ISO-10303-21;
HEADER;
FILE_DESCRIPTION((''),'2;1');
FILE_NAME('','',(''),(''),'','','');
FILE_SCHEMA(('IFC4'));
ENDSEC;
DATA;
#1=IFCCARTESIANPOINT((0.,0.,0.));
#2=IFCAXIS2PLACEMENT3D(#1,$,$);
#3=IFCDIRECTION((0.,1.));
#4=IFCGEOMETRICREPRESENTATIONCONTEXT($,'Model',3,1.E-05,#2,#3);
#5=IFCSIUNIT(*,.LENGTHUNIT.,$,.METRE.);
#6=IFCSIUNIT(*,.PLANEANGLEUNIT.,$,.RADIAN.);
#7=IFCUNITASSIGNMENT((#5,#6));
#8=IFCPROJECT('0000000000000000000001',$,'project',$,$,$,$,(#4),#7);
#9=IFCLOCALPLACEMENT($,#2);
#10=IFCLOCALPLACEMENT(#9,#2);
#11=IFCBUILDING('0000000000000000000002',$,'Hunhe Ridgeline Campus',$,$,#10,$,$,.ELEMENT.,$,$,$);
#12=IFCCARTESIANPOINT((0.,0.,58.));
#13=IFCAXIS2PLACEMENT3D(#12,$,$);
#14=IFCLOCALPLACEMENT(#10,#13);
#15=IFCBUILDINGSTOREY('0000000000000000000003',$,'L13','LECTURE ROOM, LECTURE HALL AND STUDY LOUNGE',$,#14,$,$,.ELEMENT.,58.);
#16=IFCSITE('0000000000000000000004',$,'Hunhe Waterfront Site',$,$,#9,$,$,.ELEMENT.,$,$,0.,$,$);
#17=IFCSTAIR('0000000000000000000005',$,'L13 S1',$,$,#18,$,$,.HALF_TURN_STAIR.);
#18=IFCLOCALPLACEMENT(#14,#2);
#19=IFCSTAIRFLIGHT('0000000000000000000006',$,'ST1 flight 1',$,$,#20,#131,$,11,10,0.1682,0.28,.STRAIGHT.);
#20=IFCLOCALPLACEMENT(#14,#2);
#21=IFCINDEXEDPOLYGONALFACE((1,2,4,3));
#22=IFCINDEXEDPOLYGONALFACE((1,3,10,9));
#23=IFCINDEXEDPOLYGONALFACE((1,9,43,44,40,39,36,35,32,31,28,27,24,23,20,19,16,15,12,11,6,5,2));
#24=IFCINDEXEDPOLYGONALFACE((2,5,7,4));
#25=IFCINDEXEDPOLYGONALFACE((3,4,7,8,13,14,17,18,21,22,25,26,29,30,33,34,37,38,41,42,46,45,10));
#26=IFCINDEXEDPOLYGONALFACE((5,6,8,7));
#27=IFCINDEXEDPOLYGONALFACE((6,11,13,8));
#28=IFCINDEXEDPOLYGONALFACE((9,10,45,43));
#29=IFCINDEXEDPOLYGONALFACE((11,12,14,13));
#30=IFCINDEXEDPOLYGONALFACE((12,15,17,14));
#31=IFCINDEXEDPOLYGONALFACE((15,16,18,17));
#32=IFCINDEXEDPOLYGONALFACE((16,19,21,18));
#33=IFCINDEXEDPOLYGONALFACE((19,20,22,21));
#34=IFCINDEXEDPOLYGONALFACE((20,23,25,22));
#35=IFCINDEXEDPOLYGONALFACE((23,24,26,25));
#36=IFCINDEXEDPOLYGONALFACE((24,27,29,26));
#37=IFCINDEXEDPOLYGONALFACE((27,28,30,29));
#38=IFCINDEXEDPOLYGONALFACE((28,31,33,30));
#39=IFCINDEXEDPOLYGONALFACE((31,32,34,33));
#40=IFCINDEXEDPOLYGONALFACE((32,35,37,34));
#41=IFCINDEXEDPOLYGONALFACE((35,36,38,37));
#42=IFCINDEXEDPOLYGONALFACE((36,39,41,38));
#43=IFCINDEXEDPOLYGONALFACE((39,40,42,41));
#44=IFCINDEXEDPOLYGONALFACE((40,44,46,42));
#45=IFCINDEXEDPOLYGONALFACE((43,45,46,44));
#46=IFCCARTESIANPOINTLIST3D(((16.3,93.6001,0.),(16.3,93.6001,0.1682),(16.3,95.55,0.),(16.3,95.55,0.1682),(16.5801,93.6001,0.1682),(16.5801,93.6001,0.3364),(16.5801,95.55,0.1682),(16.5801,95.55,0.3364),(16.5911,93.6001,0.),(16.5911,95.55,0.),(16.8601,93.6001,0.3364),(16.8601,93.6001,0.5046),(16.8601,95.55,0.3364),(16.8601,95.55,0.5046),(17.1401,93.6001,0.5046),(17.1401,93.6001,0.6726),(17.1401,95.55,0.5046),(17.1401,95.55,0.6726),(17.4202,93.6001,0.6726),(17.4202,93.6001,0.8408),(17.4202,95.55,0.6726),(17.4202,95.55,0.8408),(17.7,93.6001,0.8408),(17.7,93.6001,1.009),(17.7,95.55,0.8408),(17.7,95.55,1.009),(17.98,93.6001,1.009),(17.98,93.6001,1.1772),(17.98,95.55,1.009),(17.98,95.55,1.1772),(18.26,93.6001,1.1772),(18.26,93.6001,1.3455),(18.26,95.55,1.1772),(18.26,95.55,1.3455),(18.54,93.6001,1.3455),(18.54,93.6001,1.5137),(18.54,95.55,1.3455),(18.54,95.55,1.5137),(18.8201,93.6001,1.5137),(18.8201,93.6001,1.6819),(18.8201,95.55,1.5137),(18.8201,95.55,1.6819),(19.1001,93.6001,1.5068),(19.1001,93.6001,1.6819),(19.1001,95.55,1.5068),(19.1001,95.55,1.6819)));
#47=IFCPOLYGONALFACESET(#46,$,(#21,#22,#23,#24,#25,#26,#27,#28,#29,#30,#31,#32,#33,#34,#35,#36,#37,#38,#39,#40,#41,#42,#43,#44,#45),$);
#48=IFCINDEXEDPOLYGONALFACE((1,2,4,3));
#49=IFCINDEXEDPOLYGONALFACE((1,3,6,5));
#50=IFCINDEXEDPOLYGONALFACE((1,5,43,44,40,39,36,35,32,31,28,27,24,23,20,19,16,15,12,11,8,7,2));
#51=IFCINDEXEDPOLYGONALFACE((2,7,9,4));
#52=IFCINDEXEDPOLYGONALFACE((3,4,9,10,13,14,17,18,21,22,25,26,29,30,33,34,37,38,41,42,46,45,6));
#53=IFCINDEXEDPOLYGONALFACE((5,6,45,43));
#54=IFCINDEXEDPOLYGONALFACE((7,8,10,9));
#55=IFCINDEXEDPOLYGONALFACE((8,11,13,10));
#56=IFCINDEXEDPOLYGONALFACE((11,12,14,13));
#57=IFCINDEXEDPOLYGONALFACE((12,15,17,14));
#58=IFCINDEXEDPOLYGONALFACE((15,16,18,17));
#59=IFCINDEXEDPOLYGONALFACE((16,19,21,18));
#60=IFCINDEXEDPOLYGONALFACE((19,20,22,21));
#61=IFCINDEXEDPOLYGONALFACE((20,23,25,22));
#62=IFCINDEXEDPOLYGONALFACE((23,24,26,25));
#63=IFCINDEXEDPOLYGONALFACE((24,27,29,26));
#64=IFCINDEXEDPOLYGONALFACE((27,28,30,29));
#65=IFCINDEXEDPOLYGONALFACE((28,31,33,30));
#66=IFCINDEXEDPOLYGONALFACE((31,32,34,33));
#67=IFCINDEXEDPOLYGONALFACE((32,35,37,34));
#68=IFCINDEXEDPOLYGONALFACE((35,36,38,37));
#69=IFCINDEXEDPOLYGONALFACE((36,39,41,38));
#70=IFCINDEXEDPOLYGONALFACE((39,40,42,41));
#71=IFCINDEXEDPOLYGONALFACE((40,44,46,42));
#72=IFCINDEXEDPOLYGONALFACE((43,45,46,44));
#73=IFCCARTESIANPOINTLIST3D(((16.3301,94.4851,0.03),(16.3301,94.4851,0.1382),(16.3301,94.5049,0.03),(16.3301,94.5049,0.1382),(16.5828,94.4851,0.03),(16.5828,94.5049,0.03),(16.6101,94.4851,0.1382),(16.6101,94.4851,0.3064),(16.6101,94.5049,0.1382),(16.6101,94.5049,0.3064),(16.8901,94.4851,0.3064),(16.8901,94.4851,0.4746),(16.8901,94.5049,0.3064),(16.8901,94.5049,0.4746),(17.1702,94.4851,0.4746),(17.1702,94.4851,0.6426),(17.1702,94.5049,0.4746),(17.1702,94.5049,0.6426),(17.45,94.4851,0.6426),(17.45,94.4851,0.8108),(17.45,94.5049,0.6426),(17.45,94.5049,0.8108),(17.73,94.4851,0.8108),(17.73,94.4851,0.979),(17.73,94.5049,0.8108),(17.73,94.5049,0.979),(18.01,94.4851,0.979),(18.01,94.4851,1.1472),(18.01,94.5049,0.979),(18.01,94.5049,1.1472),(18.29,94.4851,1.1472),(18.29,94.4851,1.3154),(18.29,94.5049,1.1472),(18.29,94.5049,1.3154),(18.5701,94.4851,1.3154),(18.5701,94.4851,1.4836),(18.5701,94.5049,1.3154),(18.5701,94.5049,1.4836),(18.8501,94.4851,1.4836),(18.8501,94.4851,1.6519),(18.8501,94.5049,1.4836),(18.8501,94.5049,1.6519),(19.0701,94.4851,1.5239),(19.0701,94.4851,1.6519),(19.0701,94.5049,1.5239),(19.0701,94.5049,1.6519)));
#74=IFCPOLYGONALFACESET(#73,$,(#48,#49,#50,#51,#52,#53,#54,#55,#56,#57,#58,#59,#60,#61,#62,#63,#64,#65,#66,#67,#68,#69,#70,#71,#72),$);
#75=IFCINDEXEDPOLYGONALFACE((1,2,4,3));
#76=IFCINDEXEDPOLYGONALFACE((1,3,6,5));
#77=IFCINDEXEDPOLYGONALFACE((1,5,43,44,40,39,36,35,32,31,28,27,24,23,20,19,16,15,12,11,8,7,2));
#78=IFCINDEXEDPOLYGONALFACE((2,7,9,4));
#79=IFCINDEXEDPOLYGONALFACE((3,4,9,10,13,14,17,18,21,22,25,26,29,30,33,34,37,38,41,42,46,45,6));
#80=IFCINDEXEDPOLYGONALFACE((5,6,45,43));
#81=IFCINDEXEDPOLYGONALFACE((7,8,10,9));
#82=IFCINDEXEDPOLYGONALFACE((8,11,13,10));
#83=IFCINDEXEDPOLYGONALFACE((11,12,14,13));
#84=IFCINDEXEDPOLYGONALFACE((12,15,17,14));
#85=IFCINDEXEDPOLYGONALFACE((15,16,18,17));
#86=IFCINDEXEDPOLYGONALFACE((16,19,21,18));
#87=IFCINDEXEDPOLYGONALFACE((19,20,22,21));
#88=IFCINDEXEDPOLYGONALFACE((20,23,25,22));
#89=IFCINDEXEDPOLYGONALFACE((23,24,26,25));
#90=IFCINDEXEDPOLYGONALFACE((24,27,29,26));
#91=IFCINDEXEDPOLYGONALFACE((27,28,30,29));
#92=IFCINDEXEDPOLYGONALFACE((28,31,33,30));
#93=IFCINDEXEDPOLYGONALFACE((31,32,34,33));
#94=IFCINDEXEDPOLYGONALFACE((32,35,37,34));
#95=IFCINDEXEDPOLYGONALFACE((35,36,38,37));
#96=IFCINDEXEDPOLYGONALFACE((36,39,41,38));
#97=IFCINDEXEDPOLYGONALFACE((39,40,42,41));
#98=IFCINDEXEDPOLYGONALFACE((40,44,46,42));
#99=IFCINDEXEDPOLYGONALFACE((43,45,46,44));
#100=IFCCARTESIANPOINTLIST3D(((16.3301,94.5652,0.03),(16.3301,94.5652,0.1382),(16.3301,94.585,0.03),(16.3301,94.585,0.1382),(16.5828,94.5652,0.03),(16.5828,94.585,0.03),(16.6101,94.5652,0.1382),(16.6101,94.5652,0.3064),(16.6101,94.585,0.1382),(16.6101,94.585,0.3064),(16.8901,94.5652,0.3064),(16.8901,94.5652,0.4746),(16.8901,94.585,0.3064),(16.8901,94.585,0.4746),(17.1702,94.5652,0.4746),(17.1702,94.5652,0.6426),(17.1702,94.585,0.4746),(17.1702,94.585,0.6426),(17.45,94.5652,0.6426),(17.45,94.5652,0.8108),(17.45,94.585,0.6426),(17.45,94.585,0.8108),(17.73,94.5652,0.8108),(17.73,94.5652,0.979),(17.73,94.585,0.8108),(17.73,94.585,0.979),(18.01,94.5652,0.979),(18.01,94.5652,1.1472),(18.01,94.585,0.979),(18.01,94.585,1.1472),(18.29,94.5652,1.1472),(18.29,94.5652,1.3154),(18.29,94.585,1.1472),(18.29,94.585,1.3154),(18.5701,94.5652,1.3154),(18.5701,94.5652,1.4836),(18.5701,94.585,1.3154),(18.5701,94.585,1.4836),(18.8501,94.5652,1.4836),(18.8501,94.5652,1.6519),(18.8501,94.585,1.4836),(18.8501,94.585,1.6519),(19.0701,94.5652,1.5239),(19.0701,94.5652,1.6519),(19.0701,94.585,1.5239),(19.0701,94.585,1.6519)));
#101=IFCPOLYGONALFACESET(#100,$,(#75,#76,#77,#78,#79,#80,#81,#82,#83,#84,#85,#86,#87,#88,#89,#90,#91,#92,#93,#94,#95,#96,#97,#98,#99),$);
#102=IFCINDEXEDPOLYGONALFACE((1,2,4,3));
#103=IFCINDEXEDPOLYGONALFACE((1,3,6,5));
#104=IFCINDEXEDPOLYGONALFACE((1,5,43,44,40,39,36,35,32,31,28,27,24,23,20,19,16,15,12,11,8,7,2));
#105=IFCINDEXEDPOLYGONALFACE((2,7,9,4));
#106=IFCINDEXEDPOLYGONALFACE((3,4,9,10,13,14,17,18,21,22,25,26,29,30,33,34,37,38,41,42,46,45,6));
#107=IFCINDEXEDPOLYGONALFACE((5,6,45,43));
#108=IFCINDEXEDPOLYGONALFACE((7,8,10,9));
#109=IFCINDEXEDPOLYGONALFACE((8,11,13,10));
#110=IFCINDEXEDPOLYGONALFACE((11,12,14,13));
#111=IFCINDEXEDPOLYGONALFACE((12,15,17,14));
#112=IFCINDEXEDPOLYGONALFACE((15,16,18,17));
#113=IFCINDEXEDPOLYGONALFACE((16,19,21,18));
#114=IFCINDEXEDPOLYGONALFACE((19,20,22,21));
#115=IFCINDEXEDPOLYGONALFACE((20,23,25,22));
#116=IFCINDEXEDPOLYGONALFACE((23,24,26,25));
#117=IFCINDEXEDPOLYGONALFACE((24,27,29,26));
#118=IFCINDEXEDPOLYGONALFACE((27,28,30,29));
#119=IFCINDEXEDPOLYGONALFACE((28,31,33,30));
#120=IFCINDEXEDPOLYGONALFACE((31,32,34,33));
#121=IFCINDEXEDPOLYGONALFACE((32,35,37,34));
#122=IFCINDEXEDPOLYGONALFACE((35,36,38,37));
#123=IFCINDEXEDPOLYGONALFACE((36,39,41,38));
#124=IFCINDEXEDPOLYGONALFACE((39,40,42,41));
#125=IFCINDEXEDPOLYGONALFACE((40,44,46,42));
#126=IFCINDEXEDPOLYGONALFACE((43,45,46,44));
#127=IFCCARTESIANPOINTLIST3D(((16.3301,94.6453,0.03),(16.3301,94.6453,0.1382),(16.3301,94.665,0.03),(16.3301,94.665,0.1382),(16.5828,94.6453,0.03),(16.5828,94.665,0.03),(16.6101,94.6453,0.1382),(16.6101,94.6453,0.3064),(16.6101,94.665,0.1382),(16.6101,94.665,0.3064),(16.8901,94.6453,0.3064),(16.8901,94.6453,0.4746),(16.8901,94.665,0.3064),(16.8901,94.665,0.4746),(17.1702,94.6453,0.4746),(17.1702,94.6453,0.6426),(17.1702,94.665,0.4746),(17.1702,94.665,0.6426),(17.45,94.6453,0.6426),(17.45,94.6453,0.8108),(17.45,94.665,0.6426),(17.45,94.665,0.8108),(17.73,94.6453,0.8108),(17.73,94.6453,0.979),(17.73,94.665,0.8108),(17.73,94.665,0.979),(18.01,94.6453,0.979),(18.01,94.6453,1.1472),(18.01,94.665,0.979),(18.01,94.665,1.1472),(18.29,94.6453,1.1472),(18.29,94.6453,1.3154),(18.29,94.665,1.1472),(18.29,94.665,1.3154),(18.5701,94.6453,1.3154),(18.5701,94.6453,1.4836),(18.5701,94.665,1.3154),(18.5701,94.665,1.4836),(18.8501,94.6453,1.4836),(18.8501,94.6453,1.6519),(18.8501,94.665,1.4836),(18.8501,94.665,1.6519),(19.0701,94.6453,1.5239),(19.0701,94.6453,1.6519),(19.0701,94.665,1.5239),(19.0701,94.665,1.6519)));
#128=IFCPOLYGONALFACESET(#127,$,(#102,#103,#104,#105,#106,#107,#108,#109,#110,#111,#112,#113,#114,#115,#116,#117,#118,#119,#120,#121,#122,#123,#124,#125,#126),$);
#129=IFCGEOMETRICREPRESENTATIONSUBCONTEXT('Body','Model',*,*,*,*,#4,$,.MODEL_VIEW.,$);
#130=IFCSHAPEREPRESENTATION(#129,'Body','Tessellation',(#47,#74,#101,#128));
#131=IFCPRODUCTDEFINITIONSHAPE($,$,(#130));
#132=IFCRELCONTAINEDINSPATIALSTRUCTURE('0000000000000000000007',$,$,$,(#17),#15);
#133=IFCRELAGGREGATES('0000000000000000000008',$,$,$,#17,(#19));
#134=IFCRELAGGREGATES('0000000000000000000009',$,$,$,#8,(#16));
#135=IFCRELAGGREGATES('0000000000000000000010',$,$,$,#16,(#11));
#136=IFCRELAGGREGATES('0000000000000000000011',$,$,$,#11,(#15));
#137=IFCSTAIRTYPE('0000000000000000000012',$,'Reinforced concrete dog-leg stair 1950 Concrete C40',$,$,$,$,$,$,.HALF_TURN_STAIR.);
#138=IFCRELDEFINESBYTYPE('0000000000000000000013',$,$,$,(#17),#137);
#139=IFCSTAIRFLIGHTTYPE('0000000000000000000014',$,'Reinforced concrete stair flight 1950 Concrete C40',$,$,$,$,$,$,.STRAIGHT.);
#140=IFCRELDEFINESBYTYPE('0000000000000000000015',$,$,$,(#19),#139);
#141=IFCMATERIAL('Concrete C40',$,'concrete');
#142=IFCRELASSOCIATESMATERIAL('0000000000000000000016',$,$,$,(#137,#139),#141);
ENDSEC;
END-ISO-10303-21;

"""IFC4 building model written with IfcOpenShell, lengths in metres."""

from ifc_helpers import new_model, si_unit, direction, frame, origin, place, context, subcontext, project, spatial, polyline, outline, extrude, material, type_object, element, aggregate, save


model = new_model("IFC4")

# Units and contexts
model_context = context("Model", 3, precision=1e-05, world=origin(), true_north=direction((0.0, 1.0)))
body_context = subcontext(model_context, "Body", "Model", "MODEL_VIEW")
ifc_project = project(units=[si_unit("LENGTHUNIT", "METRE"), si_unit("PLANEANGLEUNIT", "RADIAN")], contexts=[model_context])

# Site, building, storey
site_placement = place(None, origin())
site = spatial("IfcSite", under=ifc_project, at=site_placement, Name="Hunhe Waterfront Site", CompositionType="ELEMENT", RefElevation=0.0)
building_placement = place(site_placement, origin())
building = spatial("IfcBuilding", under=site, at=building_placement, Name="Hunhe Ridgeline Campus", CompositionType="ELEMENT")
storey_placement = place(building_placement, frame((0.0, 0.0, 58.0)))
storey = spatial("IfcBuildingStorey", under=building, at=storey_placement, Name="L13", Description="LECTURE ROOM, LECTURE HALL AND STUDY LOUNGE", CompositionType="ELEMENT", Elevation=58.0)

# Stair, stair flight
ifc_material_1 = material(Name="Concrete C40", Category="concrete")
stair_type = type_object("IfcStairType", Name="Reinforced concrete dog-leg stair 1950 Concrete C40", PredefinedType="HALF_TURN_STAIR", material=ifc_material_1)
stair_placement = place(storey_placement, origin())
stair = element("IfcStair", 1, at=stair_placement, inside=storey, type_object=stair_type, Name="L13 S1", PredefinedType="HALF_TURN_STAIR")
stair_flight_type = type_object("IfcStairFlightType", Name="Reinforced concrete stair flight 1950 Concrete C40", PredefinedType="STRAIGHT", material=ifc_material_1)
stair_flight_1_placement = place(storey_placement, frame((16.3, 94.575, 0.0), z_axis=(0.0, 0.0, 1.0), x_axis=(1.0, 0.0, 0.0)))
stair_flight_1 = element("IfcStairFlight", 2, at=stair_flight_1_placement, type_object=stair_flight_type, Name="ST1 flight 1", NumberOfRisers=11, NumberOfTreads=10, PredefinedType="STRAIGHT", RiserHeight=0.1682, TreadLength=0.28, context=body_context, shape_type="SweptSolid", body=[
    extrude(outline(polyline([(0.0, 0.0), (0.0, 0.1682), (0.28, 0.1682), (0.28, 0.3364), (0.5601, 0.3364), (0.5601, 0.5046), (0.8401, 0.5046), (0.8401, 0.6726), (1.1201, 0.6726), (1.1201, 0.8408), (1.3999, 0.8408), (1.3999, 1.009), (1.6799, 1.009), (1.6799, 1.1772), (1.96, 1.1772), (1.96, 1.3455), (2.24, 1.3455), (2.24, 1.5137), (2.52, 1.5137), (2.52, 1.6819), (2.8, 1.6819), (2.8, 1.8501), (2.8, 1.5068), (0.291, 0.0), (0.0, 0.0)])), frame((0.0, 0.9751, 0.0), z_axis=(0.0, -1.0, 0.0), x_axis=(1.0, 0.0, 0.0)), (0.0, 0.0, 1.0), 1.95),
    extrude(outline(polyline([(0.03, 0.03), (0.03, 0.1382), (0.3101, 0.1382), (0.3101, 0.3064), (0.5901, 0.3064), (0.5901, 0.4746), (0.8701, 0.4746), (0.8701, 0.6426), (1.1499, 0.6426), (1.1499, 0.8108), (1.4299, 0.8108), (1.4299, 0.979), (1.71, 0.979), (1.71, 1.1472), (1.99, 1.1472), (1.99, 1.3154), (2.27, 1.3154), (2.27, 1.4836), (2.55, 1.4836), (2.55, 1.6519), (2.77, 1.6519), (2.77, 1.5239), (0.2827, 0.03), (0.03, 0.03)])), frame((0.0, -0.0701, 0.0), z_axis=(0.0, -1.0, 0.0), x_axis=(1.0, 0.0, 0.0)), (0.0, 0.0, 1.0), 0.0198),
    extrude(outline(polyline([(0.03, 0.03), (0.03, 0.1382), (0.3101, 0.1382), (0.3101, 0.3064), (0.5901, 0.3064), (0.5901, 0.4746), (0.8701, 0.4746), (0.8701, 0.6426), (1.1499, 0.6426), (1.1499, 0.8108), (1.4299, 0.8108), (1.4299, 0.979), (1.71, 0.979), (1.71, 1.1472), (1.99, 1.1472), (1.99, 1.3154), (2.27, 1.3154), (2.27, 1.4836), (2.55, 1.4836), (2.55, 1.6519), (2.77, 1.6519), (2.77, 1.5239), (0.2827, 0.03), (0.03, 0.03)])), frame((0.0, 0.01, 0.0), z_axis=(0.0, -1.0, 0.0), x_axis=(1.0, 0.0, 0.0)), (0.0, 0.0, 1.0), 0.0198),
    extrude(outline(polyline([(0.03, 0.03), (0.03, 0.1382), (0.3101, 0.1382), (0.3101, 0.3064), (0.5901, 0.3064), (0.5901, 0.4746), (0.8701, 0.4746), (0.8701, 0.6426), (1.1499, 0.6426), (1.1499, 0.8108), (1.4299, 0.8108), (1.4299, 0.979), (1.71, 0.979), (1.71, 1.1472), (1.99, 1.1472), (1.99, 1.3154), (2.27, 1.3154), (2.27, 1.4836), (2.55, 1.4836), (2.55, 1.6519), (2.77, 1.6519), (2.77, 1.5239), (0.2827, 0.03), (0.03, 0.03)])), frame((0.0, 0.0901, 0.0), z_axis=(0.0, -1.0, 0.0), x_axis=(1.0, 0.0, 0.0)), (0.0, 0.0, 1.0), 0.0198),
])
aggregate(stair, [stair_flight_1])

save(model, "model.ifc")
